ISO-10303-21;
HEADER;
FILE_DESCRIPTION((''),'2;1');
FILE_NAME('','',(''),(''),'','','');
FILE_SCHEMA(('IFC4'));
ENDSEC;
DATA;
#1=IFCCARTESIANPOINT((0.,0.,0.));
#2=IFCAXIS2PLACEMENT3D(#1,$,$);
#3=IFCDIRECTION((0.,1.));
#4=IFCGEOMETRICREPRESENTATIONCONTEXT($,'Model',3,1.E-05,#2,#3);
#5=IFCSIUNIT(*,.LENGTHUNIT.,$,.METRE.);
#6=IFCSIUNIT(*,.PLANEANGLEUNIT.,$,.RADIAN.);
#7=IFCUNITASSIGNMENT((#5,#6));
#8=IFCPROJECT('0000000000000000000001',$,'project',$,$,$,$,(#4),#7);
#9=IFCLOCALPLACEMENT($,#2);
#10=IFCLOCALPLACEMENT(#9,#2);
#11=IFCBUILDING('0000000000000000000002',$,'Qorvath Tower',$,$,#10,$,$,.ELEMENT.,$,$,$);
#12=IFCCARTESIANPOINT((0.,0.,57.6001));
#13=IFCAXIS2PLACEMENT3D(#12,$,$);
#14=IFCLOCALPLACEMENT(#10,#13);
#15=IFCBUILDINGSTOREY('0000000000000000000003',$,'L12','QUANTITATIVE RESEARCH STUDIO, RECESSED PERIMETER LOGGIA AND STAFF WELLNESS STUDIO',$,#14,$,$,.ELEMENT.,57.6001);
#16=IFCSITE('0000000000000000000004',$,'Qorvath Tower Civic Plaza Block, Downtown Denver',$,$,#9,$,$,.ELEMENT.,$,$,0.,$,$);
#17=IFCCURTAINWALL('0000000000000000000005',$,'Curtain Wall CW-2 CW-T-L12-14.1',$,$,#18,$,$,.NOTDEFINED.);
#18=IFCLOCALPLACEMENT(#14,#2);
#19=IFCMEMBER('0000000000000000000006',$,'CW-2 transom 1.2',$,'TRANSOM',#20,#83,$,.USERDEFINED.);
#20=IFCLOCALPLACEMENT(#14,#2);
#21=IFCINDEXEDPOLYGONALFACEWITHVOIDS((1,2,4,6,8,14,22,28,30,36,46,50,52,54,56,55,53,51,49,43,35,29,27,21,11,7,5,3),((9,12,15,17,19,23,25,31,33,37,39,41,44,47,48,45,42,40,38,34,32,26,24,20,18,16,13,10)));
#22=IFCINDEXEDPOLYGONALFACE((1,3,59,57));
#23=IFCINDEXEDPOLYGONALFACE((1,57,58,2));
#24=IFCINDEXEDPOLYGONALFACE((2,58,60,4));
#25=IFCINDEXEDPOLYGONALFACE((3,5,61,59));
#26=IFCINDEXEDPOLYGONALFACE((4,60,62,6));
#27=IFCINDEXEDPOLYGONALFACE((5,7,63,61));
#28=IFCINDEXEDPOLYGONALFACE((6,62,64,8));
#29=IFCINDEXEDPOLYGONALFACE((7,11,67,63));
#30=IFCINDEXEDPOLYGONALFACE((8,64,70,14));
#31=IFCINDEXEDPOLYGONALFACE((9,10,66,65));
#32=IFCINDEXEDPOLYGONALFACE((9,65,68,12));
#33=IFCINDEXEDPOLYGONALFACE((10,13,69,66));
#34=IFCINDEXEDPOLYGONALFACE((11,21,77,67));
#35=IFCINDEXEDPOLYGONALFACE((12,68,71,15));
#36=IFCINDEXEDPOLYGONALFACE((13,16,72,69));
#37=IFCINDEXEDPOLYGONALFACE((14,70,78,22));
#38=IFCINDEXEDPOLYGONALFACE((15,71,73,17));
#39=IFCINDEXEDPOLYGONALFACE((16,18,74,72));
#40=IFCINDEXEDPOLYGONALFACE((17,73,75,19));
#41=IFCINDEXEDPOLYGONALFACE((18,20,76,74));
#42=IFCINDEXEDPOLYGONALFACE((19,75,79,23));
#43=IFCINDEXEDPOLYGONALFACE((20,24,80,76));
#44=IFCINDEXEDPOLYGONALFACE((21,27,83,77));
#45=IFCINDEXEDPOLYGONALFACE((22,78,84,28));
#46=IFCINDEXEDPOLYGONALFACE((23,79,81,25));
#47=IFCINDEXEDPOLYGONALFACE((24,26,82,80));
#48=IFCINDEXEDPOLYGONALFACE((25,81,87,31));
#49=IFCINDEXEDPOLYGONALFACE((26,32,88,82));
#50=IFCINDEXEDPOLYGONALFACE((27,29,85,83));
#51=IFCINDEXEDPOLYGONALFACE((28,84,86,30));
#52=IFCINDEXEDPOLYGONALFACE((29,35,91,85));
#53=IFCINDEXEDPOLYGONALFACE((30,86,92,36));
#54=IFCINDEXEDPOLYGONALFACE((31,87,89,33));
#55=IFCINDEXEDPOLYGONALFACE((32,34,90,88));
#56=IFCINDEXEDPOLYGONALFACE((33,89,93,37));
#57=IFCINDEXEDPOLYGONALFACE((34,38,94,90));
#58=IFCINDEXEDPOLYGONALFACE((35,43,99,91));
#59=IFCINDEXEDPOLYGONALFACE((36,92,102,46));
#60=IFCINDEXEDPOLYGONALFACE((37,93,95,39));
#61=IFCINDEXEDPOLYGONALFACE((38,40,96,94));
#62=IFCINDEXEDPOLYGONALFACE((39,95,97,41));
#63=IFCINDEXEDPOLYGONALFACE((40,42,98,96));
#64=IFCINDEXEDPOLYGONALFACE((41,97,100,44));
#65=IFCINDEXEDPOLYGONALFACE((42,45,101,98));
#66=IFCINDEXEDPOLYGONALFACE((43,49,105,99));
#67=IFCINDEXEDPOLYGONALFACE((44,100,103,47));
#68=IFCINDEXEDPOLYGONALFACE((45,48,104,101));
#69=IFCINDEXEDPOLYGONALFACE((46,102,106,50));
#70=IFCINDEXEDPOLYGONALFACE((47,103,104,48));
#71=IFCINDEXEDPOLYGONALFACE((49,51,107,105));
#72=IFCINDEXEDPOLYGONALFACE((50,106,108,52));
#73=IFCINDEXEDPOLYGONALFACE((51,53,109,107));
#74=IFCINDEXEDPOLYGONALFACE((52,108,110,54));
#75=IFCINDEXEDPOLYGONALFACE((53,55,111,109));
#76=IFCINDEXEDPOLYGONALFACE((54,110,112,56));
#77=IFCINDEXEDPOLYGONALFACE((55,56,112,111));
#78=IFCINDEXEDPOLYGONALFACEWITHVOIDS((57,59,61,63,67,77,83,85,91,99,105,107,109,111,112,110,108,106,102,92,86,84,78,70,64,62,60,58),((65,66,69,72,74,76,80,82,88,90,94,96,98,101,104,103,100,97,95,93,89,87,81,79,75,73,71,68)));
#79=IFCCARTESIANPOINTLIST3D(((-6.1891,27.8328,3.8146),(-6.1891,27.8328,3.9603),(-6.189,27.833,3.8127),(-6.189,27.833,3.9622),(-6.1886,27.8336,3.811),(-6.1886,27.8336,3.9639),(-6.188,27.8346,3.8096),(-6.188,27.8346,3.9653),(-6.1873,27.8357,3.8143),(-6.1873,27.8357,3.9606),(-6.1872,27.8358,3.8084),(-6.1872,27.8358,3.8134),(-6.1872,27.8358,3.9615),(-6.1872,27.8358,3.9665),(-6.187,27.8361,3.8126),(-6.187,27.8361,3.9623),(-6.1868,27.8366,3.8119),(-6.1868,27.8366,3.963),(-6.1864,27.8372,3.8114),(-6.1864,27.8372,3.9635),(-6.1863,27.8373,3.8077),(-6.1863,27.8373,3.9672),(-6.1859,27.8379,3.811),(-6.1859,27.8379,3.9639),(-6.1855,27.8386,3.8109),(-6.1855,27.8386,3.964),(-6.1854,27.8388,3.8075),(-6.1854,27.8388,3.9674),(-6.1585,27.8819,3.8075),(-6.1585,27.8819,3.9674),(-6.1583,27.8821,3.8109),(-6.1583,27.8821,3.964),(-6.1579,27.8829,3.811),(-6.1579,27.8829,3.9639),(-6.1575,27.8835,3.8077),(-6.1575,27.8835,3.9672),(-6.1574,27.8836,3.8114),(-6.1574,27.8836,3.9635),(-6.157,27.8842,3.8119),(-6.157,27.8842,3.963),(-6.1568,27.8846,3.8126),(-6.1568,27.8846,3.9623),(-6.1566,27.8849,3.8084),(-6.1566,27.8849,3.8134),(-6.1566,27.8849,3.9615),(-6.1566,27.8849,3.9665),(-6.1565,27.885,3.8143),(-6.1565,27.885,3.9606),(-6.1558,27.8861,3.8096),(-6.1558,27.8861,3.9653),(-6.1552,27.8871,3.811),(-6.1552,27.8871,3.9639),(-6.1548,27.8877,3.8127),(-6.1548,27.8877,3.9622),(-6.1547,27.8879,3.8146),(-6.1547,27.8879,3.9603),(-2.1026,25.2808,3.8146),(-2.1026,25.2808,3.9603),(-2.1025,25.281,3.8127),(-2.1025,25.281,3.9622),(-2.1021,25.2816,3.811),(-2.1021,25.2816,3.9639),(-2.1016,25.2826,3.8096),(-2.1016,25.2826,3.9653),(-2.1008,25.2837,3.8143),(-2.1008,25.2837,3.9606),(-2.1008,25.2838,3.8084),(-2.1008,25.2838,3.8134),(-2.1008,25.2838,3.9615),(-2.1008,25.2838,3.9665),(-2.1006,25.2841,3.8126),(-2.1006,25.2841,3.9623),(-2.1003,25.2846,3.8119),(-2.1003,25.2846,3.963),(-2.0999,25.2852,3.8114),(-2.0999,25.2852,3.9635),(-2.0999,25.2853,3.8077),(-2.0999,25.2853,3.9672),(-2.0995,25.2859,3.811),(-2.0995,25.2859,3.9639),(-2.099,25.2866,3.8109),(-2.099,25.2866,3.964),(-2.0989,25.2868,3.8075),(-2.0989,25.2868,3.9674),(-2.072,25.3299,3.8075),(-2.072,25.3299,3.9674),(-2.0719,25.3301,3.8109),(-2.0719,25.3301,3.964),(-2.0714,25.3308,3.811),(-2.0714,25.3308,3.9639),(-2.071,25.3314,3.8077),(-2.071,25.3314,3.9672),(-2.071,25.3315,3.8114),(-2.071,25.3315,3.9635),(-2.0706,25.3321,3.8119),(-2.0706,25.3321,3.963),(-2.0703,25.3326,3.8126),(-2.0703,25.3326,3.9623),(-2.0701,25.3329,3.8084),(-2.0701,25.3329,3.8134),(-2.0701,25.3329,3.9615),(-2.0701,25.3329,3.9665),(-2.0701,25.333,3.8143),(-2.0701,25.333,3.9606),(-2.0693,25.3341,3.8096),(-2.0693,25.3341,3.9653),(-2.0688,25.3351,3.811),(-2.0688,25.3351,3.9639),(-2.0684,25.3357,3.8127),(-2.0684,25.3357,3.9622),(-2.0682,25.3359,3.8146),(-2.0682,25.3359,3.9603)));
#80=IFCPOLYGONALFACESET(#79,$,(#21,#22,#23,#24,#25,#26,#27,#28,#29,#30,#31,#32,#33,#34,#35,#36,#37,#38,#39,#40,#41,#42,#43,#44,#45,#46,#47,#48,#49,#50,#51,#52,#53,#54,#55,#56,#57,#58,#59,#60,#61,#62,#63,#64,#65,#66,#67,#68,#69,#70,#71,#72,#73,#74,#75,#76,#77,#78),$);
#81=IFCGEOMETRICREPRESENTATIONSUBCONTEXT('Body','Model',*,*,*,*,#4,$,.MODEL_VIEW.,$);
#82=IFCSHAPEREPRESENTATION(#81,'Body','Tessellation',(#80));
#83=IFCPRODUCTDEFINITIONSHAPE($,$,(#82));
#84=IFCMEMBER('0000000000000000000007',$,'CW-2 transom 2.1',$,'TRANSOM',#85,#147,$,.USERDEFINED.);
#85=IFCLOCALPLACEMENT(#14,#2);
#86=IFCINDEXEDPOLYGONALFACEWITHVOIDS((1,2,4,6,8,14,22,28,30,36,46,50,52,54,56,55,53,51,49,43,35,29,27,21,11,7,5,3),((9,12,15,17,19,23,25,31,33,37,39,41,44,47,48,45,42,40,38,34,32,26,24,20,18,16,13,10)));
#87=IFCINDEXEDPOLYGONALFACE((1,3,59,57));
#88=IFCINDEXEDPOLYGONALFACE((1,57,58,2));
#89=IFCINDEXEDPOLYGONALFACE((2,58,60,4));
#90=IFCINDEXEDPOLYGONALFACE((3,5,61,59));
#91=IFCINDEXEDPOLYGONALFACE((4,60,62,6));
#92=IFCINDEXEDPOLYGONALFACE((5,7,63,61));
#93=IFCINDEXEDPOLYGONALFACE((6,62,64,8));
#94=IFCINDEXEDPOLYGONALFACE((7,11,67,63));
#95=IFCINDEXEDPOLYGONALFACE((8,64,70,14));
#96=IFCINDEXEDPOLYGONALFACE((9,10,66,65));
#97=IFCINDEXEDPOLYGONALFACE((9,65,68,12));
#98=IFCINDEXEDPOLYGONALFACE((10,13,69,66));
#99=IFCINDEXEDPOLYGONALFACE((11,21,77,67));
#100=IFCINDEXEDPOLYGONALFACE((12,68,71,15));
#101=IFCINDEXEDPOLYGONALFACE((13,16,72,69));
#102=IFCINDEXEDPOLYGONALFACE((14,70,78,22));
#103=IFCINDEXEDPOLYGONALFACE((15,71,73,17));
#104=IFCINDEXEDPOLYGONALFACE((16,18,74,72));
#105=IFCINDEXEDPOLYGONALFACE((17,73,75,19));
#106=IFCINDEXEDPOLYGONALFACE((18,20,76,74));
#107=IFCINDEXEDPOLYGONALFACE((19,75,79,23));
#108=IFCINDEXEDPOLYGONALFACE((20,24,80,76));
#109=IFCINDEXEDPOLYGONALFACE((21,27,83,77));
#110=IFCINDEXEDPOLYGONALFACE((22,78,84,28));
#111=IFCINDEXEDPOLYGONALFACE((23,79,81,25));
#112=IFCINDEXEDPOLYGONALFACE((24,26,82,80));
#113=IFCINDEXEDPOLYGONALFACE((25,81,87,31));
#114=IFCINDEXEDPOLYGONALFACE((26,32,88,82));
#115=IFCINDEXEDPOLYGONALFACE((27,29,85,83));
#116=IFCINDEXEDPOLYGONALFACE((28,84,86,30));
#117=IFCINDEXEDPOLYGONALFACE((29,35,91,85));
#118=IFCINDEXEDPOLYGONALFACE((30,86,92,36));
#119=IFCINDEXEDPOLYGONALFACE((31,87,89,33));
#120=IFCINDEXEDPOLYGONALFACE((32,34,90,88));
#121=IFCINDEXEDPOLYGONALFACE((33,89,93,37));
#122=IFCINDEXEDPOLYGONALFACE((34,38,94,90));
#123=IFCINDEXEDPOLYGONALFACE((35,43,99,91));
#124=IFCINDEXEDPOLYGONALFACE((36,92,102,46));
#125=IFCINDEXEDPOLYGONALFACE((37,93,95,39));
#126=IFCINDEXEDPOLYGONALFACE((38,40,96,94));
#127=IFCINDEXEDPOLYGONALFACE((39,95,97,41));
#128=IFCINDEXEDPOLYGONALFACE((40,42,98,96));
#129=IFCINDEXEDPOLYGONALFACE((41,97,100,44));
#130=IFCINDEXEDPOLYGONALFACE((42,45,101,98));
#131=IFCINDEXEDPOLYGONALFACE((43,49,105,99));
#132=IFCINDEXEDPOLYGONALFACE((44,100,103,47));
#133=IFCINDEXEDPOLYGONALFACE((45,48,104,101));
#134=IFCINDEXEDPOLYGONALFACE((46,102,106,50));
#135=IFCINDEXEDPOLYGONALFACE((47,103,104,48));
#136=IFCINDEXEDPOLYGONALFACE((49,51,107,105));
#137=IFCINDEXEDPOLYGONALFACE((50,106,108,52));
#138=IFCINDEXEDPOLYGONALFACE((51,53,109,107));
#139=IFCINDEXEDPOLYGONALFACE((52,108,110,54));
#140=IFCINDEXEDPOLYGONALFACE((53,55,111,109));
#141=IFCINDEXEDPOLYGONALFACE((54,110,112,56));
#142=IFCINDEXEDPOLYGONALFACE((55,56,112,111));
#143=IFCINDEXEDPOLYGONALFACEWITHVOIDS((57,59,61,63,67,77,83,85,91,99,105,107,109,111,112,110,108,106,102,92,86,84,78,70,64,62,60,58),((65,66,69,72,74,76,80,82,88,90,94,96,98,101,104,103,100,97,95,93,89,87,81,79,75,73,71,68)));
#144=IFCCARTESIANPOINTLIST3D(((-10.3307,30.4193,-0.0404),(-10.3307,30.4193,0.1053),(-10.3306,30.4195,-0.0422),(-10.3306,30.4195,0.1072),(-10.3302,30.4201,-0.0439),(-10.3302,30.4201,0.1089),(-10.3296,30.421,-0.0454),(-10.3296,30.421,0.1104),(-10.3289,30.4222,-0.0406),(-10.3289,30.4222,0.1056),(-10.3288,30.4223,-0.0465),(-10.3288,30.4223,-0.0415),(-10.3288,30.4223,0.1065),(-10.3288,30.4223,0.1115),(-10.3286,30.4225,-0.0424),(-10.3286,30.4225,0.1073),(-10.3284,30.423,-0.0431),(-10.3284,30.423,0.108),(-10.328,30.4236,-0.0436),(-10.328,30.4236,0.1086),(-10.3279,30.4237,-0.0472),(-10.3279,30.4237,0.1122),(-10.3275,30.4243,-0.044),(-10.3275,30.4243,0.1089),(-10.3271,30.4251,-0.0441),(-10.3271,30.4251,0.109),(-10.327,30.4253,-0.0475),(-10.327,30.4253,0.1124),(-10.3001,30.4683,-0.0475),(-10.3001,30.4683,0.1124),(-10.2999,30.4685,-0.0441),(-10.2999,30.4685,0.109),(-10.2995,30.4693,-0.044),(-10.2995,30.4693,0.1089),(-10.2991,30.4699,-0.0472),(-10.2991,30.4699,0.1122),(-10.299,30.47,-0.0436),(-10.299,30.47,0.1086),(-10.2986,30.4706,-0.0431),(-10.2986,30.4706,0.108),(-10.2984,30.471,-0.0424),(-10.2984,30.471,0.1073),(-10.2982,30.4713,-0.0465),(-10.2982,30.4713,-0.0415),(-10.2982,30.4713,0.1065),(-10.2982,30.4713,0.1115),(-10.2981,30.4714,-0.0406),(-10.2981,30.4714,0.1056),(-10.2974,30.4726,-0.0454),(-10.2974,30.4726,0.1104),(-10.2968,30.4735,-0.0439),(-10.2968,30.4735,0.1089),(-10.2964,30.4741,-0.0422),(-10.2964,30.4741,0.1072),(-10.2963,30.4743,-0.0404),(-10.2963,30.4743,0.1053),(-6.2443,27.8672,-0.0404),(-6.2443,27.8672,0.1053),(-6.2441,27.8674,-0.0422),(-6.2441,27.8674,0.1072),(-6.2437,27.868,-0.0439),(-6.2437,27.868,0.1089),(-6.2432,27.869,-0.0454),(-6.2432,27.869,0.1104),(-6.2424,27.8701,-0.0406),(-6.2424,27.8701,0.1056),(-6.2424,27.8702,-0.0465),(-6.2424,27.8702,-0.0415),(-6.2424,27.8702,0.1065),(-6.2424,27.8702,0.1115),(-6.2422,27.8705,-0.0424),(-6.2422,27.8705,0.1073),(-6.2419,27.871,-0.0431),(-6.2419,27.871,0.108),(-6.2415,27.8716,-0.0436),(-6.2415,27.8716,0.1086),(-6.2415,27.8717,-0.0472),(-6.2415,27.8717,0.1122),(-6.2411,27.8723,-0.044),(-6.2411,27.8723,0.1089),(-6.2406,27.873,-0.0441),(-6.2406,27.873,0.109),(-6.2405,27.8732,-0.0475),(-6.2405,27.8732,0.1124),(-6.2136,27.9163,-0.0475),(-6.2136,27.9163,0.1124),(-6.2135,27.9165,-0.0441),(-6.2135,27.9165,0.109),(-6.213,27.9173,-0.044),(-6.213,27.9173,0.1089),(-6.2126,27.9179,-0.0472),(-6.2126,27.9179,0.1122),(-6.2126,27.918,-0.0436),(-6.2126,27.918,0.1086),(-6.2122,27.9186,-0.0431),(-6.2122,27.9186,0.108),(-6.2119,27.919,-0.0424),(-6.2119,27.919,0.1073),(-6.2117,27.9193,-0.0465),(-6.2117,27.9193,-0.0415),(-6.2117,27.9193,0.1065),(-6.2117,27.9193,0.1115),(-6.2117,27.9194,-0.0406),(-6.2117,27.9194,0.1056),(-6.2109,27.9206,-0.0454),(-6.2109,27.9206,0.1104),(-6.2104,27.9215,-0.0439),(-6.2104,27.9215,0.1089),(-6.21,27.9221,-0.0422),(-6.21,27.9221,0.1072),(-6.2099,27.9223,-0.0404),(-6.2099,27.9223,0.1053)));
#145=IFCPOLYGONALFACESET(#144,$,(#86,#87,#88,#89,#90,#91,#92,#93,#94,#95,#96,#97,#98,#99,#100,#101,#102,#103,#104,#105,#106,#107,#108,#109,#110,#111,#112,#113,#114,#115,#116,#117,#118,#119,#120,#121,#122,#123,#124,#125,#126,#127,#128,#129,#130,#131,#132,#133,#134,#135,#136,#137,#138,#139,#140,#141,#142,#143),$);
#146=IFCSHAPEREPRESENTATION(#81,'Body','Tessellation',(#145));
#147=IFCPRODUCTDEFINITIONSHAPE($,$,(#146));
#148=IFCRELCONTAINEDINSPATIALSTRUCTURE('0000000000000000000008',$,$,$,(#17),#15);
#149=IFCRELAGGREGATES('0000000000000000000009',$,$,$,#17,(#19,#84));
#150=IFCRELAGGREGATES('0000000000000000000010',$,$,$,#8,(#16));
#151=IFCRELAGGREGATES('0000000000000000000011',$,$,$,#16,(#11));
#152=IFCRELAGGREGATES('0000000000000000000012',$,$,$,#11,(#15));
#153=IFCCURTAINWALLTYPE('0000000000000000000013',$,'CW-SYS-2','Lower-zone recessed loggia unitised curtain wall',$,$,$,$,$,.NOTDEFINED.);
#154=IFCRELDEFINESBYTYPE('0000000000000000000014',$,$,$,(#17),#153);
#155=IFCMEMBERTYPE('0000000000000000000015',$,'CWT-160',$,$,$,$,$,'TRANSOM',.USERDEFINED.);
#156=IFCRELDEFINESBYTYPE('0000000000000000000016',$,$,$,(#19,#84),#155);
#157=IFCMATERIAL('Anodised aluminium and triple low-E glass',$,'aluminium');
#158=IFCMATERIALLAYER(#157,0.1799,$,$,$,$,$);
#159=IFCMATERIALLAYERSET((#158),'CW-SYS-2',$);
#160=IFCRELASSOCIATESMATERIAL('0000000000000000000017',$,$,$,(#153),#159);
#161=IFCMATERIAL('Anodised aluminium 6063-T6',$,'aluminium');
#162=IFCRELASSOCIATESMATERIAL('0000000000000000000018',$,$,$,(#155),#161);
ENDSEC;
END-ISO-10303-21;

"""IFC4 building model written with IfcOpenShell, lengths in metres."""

from ifc_helpers import new_model, si_unit, direction, frame, origin, origin_2d, place, context, subcontext, project, spatial, hollow_rectangle, extrude, material, layer, layer_set, material_profile, profile_set, type_object, element, aggregate, save


model = new_model("IFC4")

# Units and contexts
model_context = context("Model", 3, precision=1e-05, world=origin(), true_north=direction((0.0, 1.0)))
body_context = subcontext(model_context, "Body", "Model", "MODEL_VIEW")
ifc_project = project(units=[si_unit("LENGTHUNIT", "METRE"), si_unit("PLANEANGLEUNIT", "RADIAN")], contexts=[model_context])

# Site, building, storey
site_placement = place(None, origin())
site = spatial("IfcSite", under=ifc_project, at=site_placement, Name="Qorvath Tower Civic Plaza Block, Downtown Denver", CompositionType="ELEMENT", RefElevation=0.0)
building_placement = place(site_placement, origin())
building = spatial("IfcBuilding", under=site, at=building_placement, Name="Qorvath Tower", CompositionType="ELEMENT")
storey_placement = place(building_placement, frame((0.0, 0.0, 57.6001)))
storey = spatial("IfcBuildingStorey", under=building, at=storey_placement, Name="L12", Description="QUANTITATIVE RESEARCH STUDIO, RECESSED PERIMETER LOGGIA AND STAFF WELLNESS STUDIO", CompositionType="ELEMENT", Elevation=57.6001)

# Shared definitions
ifc_material_1 = material(Name="Anodised aluminium and triple low-E glass", Category="aluminium")
ifc_layer_1 = layer(ifc_material_1, 0.1799)
ifc_layer_set_1 = layer_set([ifc_layer_1], Name="CW-SYS-2")
curtain_wall_type = type_object("IfcCurtainWallType", Name="CW-SYS-2", Description="Lower-zone recessed loggia unitised curtain wall", PredefinedType="NOTDEFINED", material=ifc_layer_set_1)

# Curtain wall
curtain_wall_1_placement = place(storey_placement, origin())
curtain_wall_1 = element("IfcCurtainWall", 1, at=curtain_wall_1_placement, inside=storey, type_object=curtain_wall_type, Name="Curtain Wall CW-2 CW-T-L12-14.1", PredefinedType="NOTDEFINED")

# Members
ifc_material_2 = material(Name="Anodised aluminium 6063-T6", Category="aluminium")
ifc_material_profile_1 = material_profile(ifc_material_2, hollow_rectangle(XDim=0.0649, YDim=0.1599, WallThickness=0.0034, InnerFilletRadius=0.0034, OuterFilletRadius=0.0071, at=origin_2d()), Name="CWT 160x65")
ifc_profile_set_1 = profile_set([ifc_material_profile_1], Name="Anodised aluminium 6063-T6")
member_type_1 = type_object("IfcMemberType", Name="CWT-160", ElementType="TRANSOM", PredefinedType="USERDEFINED", material=ifc_profile_set_1)
member_1_placement = place(storey_placement, frame((-2.0854, 25.3083, 3.8875), z_axis=(-0.848186, 0.529698, 0.0), x_axis=(-0.529698, -0.848186, 0.0)))
member_1 = element("IfcMember", 2, at=member_1_placement, type_object=member_type_1, Name="CW-2 transom 1.2", ObjectType="TRANSOM", PredefinedType="USERDEFINED", context=body_context, shape_type="SweptSolid", body=[
    extrude(hollow_rectangle(XDim=0.0649, YDim=0.1599, WallThickness=0.0034, InnerFilletRadius=0.0034, OuterFilletRadius=0.0071, at=origin_2d()), origin(), (0.0, 0.0, 1.0), 4.8179),
])
member_2_placement = place(storey_placement, frame((-6.2271, 27.8948, 0.0325), z_axis=(-0.848186, 0.529698, 0.0), x_axis=(-0.529698, -0.848186, 0.0)))
member_2 = element("IfcMember", 3, at=member_2_placement, type_object=member_type_1, Name="CW-2 transom 2.1", ObjectType="TRANSOM", PredefinedType="USERDEFINED", context=body_context, shape_type="SweptSolid", body=[
    extrude(hollow_rectangle(XDim=0.0649, YDim=0.1599, WallThickness=0.0034, InnerFilletRadius=0.0034, OuterFilletRadius=0.0071, at=origin_2d()), origin(), (0.0, 0.0, 1.0), 4.8179),
])

aggregate(curtain_wall_1, [member_1, member_2])

save(model, "model.ifc")
